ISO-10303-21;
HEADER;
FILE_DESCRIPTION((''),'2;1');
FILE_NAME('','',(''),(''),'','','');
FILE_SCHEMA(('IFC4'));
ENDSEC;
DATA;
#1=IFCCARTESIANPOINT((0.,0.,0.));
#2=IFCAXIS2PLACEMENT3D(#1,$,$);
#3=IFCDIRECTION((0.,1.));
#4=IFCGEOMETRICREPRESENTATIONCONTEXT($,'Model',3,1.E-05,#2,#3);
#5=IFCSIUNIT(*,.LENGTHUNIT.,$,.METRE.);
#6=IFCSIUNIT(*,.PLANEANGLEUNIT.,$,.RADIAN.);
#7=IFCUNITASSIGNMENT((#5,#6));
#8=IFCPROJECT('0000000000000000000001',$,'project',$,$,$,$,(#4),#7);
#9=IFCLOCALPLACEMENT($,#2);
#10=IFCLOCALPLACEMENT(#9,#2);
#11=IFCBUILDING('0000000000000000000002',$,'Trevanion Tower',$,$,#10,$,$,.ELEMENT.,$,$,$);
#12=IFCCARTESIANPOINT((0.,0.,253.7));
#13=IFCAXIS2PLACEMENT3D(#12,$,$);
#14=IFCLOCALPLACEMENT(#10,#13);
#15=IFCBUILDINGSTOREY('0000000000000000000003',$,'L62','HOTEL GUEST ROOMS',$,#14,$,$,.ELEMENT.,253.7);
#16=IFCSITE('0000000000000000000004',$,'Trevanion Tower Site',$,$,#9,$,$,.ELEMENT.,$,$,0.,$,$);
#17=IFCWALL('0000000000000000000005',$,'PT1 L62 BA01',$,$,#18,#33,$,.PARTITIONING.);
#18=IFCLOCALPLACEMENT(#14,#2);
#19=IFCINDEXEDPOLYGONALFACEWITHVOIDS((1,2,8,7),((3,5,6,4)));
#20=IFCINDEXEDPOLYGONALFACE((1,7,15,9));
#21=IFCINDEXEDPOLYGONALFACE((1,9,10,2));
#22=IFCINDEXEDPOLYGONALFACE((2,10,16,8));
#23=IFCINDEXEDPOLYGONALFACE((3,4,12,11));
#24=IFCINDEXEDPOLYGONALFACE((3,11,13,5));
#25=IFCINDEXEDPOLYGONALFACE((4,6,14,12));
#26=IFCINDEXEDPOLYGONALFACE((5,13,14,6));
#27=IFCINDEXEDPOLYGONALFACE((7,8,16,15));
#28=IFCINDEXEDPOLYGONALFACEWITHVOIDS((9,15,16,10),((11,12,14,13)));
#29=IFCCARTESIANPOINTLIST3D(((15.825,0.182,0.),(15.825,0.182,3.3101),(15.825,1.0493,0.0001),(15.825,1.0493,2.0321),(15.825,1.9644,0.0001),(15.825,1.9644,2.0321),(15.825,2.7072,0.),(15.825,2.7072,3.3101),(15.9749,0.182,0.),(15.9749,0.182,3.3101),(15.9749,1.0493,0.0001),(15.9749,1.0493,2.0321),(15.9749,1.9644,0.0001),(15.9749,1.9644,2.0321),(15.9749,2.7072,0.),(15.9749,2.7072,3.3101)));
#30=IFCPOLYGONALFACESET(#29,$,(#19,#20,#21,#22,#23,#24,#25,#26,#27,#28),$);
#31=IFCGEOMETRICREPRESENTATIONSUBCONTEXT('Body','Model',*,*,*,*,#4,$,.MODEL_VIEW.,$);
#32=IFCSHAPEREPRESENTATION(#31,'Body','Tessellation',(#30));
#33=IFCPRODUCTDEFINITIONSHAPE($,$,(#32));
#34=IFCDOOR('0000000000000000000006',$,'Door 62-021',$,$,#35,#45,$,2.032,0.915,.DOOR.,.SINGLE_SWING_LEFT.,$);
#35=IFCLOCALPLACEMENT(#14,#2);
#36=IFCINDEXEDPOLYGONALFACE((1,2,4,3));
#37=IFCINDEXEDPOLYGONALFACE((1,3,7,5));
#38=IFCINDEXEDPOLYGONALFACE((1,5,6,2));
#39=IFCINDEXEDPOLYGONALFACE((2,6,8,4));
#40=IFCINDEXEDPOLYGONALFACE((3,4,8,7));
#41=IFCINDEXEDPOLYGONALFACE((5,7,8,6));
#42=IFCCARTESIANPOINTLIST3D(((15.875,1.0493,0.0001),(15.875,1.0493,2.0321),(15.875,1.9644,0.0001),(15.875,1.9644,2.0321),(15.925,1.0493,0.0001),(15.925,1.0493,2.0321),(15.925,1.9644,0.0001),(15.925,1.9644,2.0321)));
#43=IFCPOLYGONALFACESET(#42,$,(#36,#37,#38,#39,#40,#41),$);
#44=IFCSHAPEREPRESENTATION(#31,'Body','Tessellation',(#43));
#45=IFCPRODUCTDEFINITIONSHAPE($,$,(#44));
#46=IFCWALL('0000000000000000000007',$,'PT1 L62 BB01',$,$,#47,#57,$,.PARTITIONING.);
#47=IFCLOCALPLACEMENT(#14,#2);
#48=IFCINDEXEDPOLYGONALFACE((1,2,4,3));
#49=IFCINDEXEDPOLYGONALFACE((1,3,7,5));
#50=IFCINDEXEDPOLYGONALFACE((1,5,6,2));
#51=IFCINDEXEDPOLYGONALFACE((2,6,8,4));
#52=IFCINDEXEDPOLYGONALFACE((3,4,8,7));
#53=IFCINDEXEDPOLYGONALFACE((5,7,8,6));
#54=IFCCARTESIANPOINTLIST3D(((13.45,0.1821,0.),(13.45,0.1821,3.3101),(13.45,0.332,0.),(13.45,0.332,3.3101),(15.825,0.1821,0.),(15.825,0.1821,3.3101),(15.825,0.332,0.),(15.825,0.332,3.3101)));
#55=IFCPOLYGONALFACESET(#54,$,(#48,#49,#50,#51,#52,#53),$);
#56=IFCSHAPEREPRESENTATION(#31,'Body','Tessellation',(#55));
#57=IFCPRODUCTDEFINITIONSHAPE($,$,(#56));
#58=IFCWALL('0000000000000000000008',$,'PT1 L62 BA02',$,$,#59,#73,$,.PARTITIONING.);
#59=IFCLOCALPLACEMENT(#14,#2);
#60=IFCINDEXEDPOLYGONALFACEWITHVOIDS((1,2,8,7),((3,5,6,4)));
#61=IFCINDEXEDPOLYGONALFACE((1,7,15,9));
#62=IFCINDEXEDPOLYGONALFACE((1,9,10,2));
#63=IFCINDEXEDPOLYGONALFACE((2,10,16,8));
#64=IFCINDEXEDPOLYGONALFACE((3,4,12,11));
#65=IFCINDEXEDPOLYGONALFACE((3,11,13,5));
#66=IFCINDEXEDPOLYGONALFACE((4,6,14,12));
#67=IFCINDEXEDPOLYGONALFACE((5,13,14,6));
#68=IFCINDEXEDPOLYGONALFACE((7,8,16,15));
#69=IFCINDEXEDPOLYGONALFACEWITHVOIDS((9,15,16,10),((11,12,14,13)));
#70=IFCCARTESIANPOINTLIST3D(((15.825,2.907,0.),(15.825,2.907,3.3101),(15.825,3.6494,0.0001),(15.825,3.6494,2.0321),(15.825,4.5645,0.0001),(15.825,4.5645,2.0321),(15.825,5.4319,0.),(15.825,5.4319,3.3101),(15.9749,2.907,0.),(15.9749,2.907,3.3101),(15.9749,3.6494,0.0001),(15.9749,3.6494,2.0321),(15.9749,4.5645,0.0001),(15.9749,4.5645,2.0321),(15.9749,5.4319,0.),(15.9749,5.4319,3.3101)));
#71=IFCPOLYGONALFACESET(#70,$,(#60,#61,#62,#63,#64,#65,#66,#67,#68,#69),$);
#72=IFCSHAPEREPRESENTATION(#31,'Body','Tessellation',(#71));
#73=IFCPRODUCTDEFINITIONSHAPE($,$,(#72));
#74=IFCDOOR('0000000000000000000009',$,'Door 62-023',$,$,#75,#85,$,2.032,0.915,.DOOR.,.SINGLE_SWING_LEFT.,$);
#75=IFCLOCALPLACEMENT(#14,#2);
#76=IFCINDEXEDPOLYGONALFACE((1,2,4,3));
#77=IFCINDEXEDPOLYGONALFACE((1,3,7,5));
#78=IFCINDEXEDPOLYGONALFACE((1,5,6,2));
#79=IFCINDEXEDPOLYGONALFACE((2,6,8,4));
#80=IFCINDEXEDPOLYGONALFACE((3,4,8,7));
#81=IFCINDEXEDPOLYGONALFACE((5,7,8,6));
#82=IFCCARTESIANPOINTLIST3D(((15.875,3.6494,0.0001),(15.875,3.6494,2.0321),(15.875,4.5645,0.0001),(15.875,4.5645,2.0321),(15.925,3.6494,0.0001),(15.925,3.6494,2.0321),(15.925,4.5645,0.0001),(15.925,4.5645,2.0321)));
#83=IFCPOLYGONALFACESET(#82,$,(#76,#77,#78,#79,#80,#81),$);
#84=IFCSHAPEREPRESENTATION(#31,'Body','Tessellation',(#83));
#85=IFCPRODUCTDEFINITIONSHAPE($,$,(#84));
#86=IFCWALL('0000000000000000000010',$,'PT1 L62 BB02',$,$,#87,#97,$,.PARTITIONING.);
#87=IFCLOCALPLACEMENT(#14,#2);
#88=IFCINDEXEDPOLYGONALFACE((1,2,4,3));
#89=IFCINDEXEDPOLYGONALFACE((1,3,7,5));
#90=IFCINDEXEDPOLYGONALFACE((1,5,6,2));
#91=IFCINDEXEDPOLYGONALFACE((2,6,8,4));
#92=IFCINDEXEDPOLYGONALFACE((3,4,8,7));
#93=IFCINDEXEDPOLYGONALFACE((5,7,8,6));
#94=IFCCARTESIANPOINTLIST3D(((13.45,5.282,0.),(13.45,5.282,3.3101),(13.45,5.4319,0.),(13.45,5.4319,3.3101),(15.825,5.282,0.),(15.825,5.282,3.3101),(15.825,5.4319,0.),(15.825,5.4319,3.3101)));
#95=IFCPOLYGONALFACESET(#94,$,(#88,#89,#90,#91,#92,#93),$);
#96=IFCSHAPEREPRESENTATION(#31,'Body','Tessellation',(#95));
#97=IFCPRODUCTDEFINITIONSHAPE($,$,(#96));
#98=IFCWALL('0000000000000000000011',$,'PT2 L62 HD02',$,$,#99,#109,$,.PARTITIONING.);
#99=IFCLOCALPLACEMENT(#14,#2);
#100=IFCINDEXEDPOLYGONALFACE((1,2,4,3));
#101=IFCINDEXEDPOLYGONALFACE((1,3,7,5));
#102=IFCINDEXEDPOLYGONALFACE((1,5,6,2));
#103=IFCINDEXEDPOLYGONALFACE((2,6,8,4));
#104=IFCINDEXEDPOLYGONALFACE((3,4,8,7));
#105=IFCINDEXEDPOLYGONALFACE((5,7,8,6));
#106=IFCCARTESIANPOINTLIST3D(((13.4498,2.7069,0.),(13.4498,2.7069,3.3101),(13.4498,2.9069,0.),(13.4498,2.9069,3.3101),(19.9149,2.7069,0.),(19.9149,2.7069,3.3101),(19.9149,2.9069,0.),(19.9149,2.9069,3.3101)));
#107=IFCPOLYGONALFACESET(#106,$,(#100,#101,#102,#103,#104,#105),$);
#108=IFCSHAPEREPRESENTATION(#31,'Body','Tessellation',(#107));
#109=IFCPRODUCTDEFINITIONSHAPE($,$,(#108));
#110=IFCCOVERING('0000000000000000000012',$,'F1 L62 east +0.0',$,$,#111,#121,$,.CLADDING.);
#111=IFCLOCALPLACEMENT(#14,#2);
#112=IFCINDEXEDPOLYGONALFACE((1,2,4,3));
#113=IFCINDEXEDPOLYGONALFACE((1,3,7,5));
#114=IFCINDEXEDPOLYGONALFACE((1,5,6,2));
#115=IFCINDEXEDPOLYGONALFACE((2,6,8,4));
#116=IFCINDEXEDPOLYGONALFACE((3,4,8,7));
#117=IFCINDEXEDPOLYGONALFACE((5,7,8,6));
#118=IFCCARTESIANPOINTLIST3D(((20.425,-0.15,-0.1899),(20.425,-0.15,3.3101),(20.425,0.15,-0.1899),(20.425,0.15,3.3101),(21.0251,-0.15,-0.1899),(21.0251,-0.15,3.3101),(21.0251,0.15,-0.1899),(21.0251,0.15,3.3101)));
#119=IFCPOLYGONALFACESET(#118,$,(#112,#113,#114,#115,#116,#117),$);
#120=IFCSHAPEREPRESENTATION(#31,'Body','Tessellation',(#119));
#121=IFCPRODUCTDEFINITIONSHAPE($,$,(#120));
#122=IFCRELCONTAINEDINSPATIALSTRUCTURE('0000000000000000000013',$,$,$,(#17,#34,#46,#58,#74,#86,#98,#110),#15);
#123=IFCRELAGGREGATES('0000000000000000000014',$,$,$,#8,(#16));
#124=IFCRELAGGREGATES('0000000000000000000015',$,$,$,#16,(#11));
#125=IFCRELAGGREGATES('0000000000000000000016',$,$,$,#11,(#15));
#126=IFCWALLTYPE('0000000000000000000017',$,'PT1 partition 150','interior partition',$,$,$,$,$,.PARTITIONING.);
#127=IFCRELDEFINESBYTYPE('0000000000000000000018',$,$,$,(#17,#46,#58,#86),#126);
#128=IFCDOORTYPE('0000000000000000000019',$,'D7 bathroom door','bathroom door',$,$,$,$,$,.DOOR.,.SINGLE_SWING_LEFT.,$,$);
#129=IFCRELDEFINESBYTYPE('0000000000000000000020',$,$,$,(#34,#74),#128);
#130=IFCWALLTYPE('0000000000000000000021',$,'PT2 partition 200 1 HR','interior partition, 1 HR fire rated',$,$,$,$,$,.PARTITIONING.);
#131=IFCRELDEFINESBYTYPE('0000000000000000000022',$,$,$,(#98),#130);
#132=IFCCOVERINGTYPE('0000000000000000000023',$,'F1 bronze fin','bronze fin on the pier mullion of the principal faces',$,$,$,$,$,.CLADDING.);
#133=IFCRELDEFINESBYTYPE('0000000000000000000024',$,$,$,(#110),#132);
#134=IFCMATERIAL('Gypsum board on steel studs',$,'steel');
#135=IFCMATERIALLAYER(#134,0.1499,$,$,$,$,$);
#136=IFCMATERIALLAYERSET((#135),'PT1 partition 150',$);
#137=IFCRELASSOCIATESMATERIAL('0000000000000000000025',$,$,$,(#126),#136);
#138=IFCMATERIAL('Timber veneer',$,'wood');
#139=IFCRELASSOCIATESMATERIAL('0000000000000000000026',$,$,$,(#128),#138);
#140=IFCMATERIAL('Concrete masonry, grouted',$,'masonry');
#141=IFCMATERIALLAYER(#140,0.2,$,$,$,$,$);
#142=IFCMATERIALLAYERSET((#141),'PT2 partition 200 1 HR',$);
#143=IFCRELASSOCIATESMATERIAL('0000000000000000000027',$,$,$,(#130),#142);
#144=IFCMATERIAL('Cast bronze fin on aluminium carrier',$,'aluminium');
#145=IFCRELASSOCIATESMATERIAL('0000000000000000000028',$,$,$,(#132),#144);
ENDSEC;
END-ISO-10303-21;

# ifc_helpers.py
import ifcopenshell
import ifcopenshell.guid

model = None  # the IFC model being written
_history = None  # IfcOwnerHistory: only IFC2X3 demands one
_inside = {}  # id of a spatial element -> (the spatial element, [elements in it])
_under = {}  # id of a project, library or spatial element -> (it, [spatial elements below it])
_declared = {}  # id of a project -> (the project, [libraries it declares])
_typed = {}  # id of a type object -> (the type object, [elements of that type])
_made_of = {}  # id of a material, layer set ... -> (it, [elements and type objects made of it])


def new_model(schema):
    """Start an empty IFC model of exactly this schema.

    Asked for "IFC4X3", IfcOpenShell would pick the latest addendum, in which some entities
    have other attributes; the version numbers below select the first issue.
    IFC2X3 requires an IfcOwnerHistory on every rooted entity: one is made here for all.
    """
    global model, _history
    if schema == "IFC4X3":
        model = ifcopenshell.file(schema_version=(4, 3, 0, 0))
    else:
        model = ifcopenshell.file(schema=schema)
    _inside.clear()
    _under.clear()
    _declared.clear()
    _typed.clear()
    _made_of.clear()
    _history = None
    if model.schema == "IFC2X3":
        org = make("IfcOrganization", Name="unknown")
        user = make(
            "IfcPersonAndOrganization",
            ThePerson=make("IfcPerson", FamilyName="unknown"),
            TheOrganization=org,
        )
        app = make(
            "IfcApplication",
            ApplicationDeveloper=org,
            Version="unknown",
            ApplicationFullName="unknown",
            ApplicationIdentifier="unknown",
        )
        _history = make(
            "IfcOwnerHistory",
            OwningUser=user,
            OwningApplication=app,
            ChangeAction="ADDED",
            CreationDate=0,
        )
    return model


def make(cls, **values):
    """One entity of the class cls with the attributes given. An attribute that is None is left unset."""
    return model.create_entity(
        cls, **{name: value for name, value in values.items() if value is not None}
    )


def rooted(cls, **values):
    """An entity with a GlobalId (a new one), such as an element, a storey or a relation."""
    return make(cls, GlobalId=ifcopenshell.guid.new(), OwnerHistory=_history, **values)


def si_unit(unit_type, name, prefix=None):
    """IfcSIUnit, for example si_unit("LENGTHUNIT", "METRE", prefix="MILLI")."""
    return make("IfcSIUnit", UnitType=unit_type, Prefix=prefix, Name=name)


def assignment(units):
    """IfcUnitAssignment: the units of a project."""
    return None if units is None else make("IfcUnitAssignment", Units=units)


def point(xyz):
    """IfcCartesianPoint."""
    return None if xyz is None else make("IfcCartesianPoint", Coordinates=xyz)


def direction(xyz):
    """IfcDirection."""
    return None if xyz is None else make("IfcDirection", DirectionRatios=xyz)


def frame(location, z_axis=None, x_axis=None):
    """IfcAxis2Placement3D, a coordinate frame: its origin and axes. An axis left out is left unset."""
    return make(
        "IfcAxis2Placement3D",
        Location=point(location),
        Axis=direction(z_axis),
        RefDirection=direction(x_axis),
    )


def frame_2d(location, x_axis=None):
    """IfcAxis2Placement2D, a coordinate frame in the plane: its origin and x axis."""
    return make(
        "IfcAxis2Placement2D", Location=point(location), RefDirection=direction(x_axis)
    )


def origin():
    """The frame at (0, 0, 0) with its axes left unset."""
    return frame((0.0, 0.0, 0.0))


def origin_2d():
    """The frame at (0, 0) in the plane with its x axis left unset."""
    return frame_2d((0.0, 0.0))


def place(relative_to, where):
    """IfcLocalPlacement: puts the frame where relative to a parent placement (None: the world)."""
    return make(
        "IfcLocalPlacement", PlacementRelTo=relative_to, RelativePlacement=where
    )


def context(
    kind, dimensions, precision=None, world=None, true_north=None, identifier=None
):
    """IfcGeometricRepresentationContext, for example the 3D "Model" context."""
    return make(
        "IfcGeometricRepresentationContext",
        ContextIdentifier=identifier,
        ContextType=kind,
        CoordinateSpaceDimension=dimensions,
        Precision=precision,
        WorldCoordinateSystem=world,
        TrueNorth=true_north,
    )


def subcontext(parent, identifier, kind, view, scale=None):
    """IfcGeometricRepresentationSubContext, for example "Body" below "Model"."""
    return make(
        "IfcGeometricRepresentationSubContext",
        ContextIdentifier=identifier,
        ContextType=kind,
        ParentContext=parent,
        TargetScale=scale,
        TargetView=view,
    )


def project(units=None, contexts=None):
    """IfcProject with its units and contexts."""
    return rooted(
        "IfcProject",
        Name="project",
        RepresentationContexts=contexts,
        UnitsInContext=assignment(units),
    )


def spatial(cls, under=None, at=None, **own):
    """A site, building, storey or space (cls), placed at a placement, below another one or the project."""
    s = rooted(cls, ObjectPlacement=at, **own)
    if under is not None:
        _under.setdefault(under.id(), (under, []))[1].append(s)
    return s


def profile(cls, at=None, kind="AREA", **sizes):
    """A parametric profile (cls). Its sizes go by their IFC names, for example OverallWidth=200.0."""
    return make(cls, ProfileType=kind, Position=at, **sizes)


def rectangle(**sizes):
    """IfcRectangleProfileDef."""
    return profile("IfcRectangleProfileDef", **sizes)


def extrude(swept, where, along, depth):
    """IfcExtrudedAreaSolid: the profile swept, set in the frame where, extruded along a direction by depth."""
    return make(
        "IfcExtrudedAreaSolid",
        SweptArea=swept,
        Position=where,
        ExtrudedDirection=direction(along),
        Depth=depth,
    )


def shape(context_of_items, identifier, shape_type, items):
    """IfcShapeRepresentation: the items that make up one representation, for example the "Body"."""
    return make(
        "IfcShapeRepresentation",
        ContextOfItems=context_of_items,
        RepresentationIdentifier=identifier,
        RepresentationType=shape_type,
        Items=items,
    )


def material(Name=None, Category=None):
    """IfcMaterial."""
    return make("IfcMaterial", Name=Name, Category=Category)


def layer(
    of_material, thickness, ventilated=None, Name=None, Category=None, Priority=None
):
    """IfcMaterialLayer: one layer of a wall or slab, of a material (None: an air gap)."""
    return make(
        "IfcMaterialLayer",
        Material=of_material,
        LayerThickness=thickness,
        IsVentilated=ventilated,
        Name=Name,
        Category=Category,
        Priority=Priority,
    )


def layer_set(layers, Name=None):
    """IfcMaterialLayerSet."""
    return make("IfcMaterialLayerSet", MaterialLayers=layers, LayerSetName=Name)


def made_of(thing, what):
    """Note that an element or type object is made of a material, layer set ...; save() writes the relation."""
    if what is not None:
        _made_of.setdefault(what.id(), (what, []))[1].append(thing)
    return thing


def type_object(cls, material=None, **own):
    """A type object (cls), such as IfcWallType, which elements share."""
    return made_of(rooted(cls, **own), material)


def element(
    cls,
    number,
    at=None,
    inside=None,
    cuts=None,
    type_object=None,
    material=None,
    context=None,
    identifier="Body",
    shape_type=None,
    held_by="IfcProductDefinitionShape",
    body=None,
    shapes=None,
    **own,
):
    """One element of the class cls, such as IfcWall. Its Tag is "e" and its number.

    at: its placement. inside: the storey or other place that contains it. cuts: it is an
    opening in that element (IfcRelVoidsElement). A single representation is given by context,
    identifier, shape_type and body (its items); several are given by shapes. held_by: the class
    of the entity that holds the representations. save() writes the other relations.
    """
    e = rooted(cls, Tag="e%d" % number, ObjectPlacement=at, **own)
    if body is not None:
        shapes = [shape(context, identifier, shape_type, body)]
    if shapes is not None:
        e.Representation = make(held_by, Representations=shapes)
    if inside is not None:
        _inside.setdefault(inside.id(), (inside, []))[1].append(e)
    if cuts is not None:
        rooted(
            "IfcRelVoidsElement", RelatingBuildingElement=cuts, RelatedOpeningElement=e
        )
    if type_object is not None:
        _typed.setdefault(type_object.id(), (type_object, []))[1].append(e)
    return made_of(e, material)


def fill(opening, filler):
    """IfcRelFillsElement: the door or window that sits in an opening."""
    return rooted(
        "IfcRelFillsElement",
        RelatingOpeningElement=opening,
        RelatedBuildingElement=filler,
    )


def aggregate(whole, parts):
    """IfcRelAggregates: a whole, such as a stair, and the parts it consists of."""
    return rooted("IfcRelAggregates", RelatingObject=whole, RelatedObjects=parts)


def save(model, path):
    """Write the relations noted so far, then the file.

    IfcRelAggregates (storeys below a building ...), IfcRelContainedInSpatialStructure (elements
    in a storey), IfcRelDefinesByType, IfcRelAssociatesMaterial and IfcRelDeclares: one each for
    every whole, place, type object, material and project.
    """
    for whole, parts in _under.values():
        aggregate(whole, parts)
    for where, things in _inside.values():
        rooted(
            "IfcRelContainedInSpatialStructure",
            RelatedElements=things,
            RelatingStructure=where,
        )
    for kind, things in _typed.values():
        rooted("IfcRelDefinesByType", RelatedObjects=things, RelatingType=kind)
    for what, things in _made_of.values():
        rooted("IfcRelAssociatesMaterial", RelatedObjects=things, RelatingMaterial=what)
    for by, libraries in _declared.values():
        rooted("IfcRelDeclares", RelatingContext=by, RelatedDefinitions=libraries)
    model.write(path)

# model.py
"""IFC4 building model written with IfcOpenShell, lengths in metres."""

from ifc_helpers import new_model, si_unit, direction, frame, frame_2d, origin, origin_2d, place, context, subcontext, project, spatial, rectangle, extrude, material, layer, layer_set, type_object, element, fill, save


model = new_model("IFC4")

# Units and contexts
model_context = context("Model", 3, precision=1e-05, world=origin(), true_north=direction((0.0, 1.0)))
body_context = subcontext(model_context, "Body", "Model", "MODEL_VIEW")
ifc_project = project(units=[si_unit("LENGTHUNIT", "METRE"), si_unit("PLANEANGLEUNIT", "RADIAN")], contexts=[model_context])

# Site, building, storey
site_placement = place(None, origin())
site = spatial("IfcSite", under=ifc_project, at=site_placement, Name="Trevanion Tower Site", CompositionType="ELEMENT", RefElevation=0.0)
building_placement = place(site_placement, origin())
building = spatial("IfcBuilding", under=site, at=building_placement, Name="Trevanion Tower", CompositionType="ELEMENT")
storey_placement = place(building_placement, frame((0.0, 0.0, 253.7)))
storey = spatial("IfcBuildingStorey", under=building, at=storey_placement, Name="L62", Description="HOTEL GUEST ROOMS", CompositionType="ELEMENT", Elevation=253.7)

# Wall, opening, door
ifc_material_1 = material(Name="Gypsum board on steel studs", Category="steel")
ifc_layer_1 = layer(ifc_material_1, 0.1499)
ifc_layer_set_1 = layer_set([ifc_layer_1], Name="PT1 partition 150")
wall_type_1 = type_object("IfcWallType", Name="PT1 partition 150", Description="interior partition", PredefinedType="PARTITIONING", material=ifc_layer_set_1)
wall_1_placement = place(storey_placement, frame((15.8999, 0.1819, 0.0), z_axis=(0.0, 0.0, 1.0), x_axis=(0.0, 1.0, 0.0)))
wall_1 = element("IfcWall", 1, at=wall_1_placement, inside=storey, type_object=wall_type_1, Name="PT1 L62 BA01", PredefinedType="PARTITIONING", context=body_context, shape_type="SweptSolid", body=[
    extrude(rectangle(XDim=2.5251, YDim=0.1499, at=frame_2d((1.2627, 0.0))), origin(), (0.0, 0.0, 1.0), 3.3101),
])
opening_1_placement = place(wall_1_placement, frame((0.8674, 0.0, 0.0)))
opening_1 = element("IfcOpeningElement", 2, at=opening_1_placement, cuts=wall_1, PredefinedType="OPENING", context=body_context, shape_type="SweptSolid", body=[
    extrude(rectangle(XDim=0.915, YDim=2.032, at=frame_2d((0.4575, 1.0161))), frame((0.0, 0.085, 0.0), z_axis=(0.0, -1.0, 0.0), x_axis=(1.0, 0.0, 0.0)), (0.0, 0.0, 1.0), 0.1699),
])
ifc_material_2 = material(Name="Timber veneer", Category="wood")
door_type = type_object("IfcDoorType", Name="D7 bathroom door", Description="bathroom door", OperationType="SINGLE_SWING_LEFT", PredefinedType="DOOR", material=ifc_material_2)
door_1_placement = place(opening_1_placement, origin())
door_1 = element("IfcDoor", 3, at=door_1_placement, inside=storey, type_object=door_type, Name="Door 62-021", OperationType="SINGLE_SWING_LEFT", OverallHeight=2.032, OverallWidth=0.915, PredefinedType="DOOR", context=body_context, shape_type="SweptSolid", body=[
    extrude(rectangle(XDim=0.915, YDim=2.032, at=frame_2d((0.4575, 1.0161))), frame((0.0, 0.0249, 0.0), z_axis=(0.0, -1.0, 0.0), x_axis=(1.0, 0.0, 0.0)), (0.0, 0.0, 1.0), 0.05),
])
fill(opening_1, door_1)

# Wall
wall_2_placement = place(storey_placement, frame((13.45, 0.2571, 0.0), z_axis=(0.0, 0.0, 1.0), x_axis=(1.0, 0.0, 0.0)))
element("IfcWall", 4, at=wall_2_placement, inside=storey, type_object=wall_type_1, Name="PT1 L62 BB01", PredefinedType="PARTITIONING", context=body_context, shape_type="SweptSolid", body=[
    extrude(rectangle(XDim=2.375, YDim=0.1499, at=frame_2d((1.1875, 0.0))), origin(), (0.0, 0.0, 1.0), 3.3101),
])

# Wall, opening, door
wall_3_placement = place(storey_placement, frame((15.8999, 2.907, 0.0), z_axis=(0.0, 0.0, 1.0), x_axis=(0.0, 1.0, 0.0)))
wall_3 = element("IfcWall", 5, at=wall_3_placement, inside=storey, type_object=wall_type_1, Name="PT1 L62 BA02", PredefinedType="PARTITIONING", context=body_context, shape_type="SweptSolid", body=[
    extrude(rectangle(XDim=2.5249, YDim=0.1499, at=frame_2d((1.2625, 0.0))), origin(), (0.0, 0.0, 1.0), 3.3101),
])
opening_2_placement = place(wall_3_placement, frame((0.7424, 0.0, 0.0)))
opening_2 = element("IfcOpeningElement", 6, at=opening_2_placement, cuts=wall_3, PredefinedType="OPENING", context=body_context, shape_type="SweptSolid", body=[
    extrude(rectangle(XDim=0.915, YDim=2.032, at=frame_2d((0.4575, 1.0161))), frame((0.0, 0.085, 0.0), z_axis=(0.0, -1.0, 0.0), x_axis=(1.0, 0.0, 0.0)), (0.0, 0.0, 1.0), 0.1699),
])
door_2_placement = place(opening_2_placement, origin())
door_2 = element("IfcDoor", 7, at=door_2_placement, inside=storey, type_object=door_type, Name="Door 62-023", OperationType="SINGLE_SWING_LEFT", OverallHeight=2.032, OverallWidth=0.915, PredefinedType="DOOR", context=body_context, shape_type="SweptSolid", body=[
    extrude(rectangle(XDim=0.915, YDim=2.032, at=frame_2d((0.4575, 1.0161))), frame((0.0, 0.0249, 0.0), z_axis=(0.0, -1.0, 0.0), x_axis=(1.0, 0.0, 0.0)), (0.0, 0.0, 1.0), 0.05),
])
fill(opening_2, door_2)

# Walls
wall_4_placement = place(storey_placement, frame((13.45, 5.3569, 0.0), z_axis=(0.0, 0.0, 1.0), x_axis=(1.0, 0.0, 0.0)))
element("IfcWall", 8, at=wall_4_placement, inside=storey, type_object=wall_type_1, Name="PT1 L62 BB02", PredefinedType="PARTITIONING", context=body_context, shape_type="SweptSolid", body=[
    extrude(rectangle(XDim=2.375, YDim=0.1499, at=frame_2d((1.1875, 0.0))), origin(), (0.0, 0.0, 1.0), 3.3101),
])
ifc_material_3 = material(Name="Concrete masonry, grouted", Category="masonry")
ifc_layer_2 = layer(ifc_material_3, 0.2)
ifc_layer_set_2 = layer_set([ifc_layer_2], Name="PT2 partition 200 1 HR")
wall_type_2 = type_object("IfcWallType", Name="PT2 partition 200 1 HR", Description="interior partition, 1 HR fire rated", PredefinedType="PARTITIONING", material=ifc_layer_set_2)
wall_5_placement = place(storey_placement, frame((13.45, 2.8069, 0.0), z_axis=(0.0, 0.0, 1.0), x_axis=(1.0, 0.0, 0.0)))
element("IfcWall", 9, at=wall_5_placement, inside=storey, type_object=wall_type_2, Name="PT2 L62 HD02", PredefinedType="PARTITIONING", context=body_context, shape_type="SweptSolid", body=[
    extrude(rectangle(XDim=6.4651, YDim=0.2, at=frame_2d((3.2324, 0.0))), origin(), (0.0, 0.0, 1.0), 3.3101),
])

# Covering
ifc_material_4 = material(Name="Cast bronze fin on aluminium carrier", Category="aluminium")
covering_type = type_object("IfcCoveringType", Name="F1 bronze fin", Description="bronze fin on the pier mullion of the principal faces", PredefinedType="CLADDING", material=ifc_material_4)
covering_placement = place(storey_placement, frame((20.7251, 0.0, -0.1899), z_axis=(0.0, 0.0, 1.0), x_axis=(0.0, 1.0, 0.0)))
element("IfcCovering", 10, at=covering_placement, inside=storey, type_object=covering_type, Name="F1 L62 east +0.0", PredefinedType="CLADDING", context=body_context, shape_type="SweptSolid", body=[
    extrude(rectangle(XDim=0.3, YDim=0.6001, at=origin_2d()), origin(), (0.0, 0.0, 1.0), 3.5),
])

save(model, "model.ifc")
